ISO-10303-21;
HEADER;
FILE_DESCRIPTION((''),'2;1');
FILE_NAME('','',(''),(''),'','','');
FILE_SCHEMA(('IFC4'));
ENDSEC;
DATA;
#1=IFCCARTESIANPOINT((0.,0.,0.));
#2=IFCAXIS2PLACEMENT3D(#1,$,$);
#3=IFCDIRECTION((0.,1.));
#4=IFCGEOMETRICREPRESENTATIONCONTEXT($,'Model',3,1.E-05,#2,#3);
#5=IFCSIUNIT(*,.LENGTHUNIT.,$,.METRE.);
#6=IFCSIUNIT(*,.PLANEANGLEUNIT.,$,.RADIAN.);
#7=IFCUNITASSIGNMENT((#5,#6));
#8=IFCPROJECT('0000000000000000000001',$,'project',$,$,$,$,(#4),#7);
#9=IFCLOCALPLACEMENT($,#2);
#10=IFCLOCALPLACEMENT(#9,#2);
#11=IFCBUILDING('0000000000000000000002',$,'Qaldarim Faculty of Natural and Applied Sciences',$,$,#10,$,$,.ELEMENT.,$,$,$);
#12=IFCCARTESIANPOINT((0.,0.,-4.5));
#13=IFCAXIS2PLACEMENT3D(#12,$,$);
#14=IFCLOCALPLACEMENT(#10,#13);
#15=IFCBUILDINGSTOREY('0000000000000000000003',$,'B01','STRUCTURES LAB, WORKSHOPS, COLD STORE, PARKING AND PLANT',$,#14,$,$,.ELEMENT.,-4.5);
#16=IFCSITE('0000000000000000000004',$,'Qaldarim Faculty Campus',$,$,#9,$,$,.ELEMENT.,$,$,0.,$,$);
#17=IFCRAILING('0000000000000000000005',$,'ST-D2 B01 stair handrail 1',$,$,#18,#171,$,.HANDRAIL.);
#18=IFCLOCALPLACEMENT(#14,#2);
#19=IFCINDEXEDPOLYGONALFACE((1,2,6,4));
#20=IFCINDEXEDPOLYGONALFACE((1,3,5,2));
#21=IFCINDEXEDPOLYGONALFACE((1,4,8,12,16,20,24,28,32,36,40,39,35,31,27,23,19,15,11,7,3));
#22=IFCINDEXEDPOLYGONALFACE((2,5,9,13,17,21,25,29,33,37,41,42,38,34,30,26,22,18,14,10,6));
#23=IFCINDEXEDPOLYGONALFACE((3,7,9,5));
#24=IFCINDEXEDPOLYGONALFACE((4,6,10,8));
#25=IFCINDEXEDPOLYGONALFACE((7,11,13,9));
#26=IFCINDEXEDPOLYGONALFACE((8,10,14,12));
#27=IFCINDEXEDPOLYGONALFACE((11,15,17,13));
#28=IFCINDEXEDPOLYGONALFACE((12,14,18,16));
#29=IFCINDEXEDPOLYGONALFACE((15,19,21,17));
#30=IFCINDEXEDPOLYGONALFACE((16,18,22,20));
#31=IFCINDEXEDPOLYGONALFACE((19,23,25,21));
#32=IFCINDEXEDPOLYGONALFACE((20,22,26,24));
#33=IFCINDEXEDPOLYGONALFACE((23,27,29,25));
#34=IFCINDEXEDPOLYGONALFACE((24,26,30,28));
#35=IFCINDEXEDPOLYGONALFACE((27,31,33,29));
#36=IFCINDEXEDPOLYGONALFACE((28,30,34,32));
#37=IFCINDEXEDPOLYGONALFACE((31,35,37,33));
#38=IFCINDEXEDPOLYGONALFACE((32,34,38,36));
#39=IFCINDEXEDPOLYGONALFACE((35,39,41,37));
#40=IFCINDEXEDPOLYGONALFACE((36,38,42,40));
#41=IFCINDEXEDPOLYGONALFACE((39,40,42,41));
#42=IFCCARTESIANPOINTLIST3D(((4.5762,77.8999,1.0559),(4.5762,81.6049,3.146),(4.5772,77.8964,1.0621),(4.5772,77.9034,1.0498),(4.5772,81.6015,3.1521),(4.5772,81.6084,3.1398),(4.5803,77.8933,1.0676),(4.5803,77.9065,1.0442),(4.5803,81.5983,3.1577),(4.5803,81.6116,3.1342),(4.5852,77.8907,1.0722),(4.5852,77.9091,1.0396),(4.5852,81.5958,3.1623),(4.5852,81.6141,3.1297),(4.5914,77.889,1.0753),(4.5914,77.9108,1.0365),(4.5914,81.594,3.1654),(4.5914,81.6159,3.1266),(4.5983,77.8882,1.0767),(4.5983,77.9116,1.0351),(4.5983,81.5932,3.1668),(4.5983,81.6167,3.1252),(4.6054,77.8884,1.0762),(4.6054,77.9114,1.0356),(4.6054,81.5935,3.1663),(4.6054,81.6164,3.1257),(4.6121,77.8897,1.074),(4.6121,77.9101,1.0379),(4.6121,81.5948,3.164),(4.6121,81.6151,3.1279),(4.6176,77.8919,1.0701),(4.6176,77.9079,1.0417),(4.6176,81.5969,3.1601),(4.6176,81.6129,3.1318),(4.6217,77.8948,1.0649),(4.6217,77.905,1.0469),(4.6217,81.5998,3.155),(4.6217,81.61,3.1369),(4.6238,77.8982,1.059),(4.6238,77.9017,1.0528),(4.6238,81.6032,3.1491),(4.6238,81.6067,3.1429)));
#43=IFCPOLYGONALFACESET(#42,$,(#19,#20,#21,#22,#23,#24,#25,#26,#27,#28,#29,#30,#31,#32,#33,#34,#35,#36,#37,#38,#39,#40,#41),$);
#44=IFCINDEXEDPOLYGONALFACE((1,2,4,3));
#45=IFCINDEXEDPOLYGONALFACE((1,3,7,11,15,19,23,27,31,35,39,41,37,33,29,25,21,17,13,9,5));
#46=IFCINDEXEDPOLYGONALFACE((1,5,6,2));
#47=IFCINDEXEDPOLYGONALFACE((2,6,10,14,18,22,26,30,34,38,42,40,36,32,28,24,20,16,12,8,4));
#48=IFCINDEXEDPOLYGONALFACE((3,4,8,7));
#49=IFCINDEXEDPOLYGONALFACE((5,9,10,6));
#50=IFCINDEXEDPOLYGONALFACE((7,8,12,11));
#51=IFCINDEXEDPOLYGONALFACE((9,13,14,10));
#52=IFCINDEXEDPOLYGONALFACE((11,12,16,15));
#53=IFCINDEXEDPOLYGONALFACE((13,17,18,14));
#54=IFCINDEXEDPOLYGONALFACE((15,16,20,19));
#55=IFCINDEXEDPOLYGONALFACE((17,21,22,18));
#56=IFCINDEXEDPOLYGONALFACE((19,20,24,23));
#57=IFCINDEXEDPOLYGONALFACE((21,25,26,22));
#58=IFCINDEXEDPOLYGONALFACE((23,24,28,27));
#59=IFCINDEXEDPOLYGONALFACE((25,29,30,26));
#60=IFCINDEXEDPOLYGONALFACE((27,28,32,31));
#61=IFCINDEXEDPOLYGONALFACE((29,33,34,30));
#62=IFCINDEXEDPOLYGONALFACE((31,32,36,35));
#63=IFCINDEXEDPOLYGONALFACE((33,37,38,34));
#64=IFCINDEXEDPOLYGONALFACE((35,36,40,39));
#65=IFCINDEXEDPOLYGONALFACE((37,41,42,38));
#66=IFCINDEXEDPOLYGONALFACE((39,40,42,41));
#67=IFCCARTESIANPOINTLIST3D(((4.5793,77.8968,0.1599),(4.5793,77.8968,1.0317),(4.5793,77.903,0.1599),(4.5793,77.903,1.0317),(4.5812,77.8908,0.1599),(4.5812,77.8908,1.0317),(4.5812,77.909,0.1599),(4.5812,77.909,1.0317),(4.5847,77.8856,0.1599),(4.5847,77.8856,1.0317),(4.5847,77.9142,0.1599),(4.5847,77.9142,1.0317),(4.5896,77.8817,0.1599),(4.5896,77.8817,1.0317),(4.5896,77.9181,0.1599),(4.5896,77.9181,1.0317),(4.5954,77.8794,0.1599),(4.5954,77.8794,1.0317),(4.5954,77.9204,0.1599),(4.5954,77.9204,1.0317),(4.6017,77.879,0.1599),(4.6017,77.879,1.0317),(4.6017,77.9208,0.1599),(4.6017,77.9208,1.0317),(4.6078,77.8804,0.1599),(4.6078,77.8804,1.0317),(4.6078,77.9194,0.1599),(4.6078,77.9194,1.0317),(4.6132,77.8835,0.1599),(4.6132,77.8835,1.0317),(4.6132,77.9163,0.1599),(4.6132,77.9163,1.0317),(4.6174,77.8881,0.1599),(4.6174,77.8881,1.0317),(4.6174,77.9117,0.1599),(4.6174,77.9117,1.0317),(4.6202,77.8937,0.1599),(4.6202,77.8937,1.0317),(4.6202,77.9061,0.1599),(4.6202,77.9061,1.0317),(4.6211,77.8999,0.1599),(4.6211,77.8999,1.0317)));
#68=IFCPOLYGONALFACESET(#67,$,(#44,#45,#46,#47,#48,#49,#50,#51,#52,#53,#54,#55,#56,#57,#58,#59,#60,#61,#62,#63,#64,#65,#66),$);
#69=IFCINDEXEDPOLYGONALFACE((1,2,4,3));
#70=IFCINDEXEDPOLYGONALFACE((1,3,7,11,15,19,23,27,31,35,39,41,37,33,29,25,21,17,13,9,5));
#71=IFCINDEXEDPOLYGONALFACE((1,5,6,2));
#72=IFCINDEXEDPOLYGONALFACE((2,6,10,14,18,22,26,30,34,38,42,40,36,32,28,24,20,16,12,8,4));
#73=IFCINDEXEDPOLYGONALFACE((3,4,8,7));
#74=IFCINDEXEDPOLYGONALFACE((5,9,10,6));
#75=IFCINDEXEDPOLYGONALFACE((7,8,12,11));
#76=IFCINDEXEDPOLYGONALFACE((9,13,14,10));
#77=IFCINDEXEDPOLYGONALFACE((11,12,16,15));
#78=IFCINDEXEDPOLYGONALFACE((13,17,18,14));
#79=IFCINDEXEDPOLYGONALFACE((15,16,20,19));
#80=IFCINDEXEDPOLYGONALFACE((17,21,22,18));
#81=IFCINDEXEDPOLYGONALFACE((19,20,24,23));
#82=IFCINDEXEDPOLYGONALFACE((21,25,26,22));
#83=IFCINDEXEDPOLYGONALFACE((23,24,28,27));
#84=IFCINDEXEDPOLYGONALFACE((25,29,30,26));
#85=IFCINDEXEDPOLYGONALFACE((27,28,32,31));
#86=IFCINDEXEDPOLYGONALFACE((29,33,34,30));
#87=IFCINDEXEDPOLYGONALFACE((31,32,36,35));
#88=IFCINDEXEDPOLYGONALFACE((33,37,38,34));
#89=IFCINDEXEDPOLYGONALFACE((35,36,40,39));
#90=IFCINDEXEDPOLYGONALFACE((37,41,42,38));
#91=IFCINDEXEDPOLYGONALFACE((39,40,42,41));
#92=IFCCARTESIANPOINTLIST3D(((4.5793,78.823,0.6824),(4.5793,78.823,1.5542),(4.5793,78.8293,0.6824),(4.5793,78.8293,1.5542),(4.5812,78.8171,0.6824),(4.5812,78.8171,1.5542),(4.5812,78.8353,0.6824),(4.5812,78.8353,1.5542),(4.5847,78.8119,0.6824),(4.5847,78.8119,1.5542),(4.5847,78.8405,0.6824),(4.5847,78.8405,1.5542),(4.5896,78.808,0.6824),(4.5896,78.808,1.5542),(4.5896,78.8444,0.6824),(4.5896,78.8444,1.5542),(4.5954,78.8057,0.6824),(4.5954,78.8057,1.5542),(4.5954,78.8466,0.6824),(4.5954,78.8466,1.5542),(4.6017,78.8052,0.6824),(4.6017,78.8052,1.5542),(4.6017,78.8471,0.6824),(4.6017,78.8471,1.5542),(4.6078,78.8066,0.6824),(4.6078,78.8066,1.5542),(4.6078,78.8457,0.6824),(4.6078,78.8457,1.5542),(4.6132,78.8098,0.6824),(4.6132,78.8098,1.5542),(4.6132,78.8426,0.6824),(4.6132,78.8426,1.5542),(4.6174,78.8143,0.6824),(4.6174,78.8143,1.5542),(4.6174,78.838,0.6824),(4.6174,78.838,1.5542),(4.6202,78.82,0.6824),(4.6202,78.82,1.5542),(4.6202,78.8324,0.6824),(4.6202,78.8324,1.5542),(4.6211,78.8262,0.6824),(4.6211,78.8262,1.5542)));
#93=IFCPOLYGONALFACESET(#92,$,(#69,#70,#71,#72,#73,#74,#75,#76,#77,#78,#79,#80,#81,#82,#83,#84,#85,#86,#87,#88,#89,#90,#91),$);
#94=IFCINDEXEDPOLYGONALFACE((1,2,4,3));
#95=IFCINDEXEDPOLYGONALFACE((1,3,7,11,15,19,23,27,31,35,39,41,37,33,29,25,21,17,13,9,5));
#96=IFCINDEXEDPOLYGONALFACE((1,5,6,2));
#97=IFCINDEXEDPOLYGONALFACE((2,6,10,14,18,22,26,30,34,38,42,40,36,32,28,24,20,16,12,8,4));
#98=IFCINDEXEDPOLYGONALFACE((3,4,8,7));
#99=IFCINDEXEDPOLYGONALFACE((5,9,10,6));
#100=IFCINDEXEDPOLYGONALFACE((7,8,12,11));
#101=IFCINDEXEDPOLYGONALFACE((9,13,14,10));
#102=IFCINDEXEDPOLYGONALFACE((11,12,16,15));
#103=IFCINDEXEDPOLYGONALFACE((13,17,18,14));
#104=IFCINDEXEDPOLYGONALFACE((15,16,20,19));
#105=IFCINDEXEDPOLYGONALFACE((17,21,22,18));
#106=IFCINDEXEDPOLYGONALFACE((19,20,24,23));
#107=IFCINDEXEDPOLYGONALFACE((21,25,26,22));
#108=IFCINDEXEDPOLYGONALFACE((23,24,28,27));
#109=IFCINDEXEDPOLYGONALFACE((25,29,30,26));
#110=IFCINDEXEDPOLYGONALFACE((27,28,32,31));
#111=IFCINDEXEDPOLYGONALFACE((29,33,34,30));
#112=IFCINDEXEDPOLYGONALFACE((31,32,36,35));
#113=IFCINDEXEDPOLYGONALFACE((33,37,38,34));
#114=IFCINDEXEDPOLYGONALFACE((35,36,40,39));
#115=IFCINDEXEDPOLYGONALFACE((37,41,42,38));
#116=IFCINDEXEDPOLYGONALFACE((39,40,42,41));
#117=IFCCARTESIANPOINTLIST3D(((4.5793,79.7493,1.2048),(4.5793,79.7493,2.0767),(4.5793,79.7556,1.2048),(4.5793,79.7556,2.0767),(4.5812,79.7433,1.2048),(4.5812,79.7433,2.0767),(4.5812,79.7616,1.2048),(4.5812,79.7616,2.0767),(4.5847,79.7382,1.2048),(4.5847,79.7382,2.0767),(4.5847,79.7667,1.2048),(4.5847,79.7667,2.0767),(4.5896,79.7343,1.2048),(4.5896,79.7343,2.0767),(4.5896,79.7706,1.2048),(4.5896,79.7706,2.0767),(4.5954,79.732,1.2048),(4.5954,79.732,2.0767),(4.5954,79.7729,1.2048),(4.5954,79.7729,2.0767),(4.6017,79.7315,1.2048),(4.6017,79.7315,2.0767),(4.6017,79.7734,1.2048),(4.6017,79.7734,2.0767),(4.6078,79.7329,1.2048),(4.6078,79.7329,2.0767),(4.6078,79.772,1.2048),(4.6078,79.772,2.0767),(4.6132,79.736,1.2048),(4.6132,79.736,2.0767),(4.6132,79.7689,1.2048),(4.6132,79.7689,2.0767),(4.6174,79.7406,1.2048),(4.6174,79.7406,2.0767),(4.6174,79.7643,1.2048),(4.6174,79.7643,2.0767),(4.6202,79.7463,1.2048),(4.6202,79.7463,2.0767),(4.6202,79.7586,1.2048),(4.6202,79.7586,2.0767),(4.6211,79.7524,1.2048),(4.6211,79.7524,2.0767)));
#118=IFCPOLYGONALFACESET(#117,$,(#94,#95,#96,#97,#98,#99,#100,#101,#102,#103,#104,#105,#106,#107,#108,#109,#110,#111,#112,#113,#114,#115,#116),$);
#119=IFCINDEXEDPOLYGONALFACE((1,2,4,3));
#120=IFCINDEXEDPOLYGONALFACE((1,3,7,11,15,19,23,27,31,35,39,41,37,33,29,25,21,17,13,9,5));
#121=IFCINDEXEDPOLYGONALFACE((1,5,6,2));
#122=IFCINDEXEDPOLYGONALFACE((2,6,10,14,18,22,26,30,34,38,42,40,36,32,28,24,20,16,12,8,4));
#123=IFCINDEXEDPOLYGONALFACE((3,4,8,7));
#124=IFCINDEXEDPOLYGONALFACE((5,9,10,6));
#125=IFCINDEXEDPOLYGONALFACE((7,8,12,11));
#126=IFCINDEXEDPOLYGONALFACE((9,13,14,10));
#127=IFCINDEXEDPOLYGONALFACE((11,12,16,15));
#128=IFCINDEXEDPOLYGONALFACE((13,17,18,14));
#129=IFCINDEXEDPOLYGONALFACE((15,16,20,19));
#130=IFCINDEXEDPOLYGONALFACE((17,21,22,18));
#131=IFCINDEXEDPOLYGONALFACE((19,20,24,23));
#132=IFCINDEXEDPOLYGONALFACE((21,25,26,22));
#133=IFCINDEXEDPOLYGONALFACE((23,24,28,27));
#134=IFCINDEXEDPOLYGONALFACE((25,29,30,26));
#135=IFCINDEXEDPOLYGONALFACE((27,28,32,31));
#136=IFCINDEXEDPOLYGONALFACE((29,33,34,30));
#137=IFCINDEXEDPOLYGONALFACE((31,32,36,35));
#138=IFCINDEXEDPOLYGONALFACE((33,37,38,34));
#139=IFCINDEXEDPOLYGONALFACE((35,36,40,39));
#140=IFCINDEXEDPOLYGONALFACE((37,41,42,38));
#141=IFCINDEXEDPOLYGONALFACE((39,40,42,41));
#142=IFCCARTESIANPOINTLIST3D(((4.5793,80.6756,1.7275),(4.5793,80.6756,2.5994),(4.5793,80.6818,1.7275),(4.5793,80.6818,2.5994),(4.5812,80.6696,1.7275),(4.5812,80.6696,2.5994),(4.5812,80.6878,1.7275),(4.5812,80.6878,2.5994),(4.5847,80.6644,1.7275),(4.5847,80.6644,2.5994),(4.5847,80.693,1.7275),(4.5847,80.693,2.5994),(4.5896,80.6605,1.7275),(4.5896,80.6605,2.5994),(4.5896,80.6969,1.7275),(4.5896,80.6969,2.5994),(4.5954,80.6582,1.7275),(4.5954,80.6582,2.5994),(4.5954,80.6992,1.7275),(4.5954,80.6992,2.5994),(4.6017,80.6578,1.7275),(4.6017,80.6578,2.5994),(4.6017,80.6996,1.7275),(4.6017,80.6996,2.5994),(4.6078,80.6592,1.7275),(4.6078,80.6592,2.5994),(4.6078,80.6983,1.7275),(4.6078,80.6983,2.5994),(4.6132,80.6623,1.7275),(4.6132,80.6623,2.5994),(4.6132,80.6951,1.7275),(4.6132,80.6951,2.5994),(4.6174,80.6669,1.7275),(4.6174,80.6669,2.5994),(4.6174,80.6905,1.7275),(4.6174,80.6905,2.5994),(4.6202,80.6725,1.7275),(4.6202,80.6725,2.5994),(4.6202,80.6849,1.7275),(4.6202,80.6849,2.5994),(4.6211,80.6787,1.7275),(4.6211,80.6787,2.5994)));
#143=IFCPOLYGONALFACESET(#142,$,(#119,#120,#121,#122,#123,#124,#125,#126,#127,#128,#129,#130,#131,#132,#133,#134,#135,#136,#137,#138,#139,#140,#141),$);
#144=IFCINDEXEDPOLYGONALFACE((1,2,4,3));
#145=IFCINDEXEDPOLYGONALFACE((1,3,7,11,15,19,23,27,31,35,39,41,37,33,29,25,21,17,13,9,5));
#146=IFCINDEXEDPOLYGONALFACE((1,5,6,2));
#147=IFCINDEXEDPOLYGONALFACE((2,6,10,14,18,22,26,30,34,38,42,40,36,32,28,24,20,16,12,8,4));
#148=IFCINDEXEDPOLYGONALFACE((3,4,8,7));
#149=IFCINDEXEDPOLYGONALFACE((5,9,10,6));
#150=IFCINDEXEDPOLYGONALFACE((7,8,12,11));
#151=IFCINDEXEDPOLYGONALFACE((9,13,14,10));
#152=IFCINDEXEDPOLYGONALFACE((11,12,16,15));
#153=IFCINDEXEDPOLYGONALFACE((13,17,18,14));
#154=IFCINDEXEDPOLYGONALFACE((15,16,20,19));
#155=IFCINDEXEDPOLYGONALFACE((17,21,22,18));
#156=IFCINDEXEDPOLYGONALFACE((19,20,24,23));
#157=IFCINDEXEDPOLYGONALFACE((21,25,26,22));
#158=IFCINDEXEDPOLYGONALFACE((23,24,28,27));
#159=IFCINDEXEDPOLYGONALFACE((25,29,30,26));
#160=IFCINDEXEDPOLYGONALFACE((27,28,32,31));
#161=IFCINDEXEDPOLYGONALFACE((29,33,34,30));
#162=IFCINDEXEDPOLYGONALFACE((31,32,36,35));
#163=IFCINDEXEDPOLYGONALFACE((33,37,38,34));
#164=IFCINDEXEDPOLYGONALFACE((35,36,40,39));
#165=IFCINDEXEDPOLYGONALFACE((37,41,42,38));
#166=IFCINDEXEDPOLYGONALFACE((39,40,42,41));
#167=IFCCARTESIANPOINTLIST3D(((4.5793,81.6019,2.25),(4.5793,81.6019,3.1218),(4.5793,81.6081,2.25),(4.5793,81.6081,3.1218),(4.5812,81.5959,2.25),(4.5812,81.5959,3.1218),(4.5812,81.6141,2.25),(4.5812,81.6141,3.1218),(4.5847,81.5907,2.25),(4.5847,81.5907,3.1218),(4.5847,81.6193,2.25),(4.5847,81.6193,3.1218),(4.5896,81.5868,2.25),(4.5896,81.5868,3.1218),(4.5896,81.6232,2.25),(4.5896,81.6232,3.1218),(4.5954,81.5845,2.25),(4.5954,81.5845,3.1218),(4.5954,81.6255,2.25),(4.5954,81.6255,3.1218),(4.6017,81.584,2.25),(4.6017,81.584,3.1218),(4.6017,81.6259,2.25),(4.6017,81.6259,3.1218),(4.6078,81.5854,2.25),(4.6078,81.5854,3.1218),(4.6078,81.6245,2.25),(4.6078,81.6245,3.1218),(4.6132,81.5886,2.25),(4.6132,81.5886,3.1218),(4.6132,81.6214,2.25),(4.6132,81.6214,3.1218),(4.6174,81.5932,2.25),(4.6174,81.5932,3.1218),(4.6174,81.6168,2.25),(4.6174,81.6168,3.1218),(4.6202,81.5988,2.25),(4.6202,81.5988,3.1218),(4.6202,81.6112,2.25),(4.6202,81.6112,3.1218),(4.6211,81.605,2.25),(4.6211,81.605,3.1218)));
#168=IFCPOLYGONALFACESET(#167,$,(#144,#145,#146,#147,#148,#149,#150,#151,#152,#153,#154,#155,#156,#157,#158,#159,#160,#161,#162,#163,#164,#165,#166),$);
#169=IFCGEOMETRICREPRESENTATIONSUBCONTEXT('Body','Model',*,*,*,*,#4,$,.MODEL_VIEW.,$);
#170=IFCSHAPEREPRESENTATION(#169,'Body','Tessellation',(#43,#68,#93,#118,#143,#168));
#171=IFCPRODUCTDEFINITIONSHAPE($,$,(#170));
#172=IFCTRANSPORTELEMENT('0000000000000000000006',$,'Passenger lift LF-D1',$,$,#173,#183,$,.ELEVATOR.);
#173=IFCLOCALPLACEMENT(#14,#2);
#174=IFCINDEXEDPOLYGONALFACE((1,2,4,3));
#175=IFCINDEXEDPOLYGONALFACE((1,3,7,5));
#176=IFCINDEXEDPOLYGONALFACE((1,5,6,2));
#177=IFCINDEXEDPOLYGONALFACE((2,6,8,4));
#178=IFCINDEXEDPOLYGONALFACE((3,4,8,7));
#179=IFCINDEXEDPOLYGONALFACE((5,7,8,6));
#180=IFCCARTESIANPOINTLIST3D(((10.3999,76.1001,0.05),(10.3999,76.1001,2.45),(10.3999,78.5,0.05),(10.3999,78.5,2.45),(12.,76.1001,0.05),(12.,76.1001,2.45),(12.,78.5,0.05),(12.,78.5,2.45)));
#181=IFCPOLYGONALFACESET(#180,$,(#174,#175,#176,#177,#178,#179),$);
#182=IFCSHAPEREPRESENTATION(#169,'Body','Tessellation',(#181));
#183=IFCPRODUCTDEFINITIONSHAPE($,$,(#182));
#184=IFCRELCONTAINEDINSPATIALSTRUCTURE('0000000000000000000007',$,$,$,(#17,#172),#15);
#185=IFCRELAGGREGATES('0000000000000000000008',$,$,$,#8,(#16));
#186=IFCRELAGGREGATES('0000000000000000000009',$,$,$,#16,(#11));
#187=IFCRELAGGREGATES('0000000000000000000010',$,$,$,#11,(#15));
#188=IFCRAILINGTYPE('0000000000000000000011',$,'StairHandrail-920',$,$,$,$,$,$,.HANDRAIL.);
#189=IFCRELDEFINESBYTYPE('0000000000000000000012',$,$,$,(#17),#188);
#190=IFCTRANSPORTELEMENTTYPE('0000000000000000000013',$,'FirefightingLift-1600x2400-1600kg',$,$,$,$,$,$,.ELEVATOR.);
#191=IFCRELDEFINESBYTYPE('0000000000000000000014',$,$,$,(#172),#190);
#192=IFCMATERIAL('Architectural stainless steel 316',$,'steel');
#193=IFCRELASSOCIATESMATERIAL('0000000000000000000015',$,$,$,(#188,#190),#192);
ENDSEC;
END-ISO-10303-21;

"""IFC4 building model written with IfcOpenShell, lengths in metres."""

from ifc_helpers import new_model, si_unit, direction, frame, origin, origin_2d, place, context, subcontext, project, spatial, rectangle, circle, extrude, material, type_object, element, save


model = new_model("IFC4")

# Units and contexts
model_context = context("Model", 3, precision=1e-05, world=origin(), true_north=direction((0.0, 1.0)))
body_context = subcontext(model_context, "Body", "Model", "MODEL_VIEW")
ifc_project = project(units=[si_unit("LENGTHUNIT", "METRE"), si_unit("PLANEANGLEUNIT", "RADIAN")], contexts=[model_context])

# Site, building, storey
site_placement = place(None, origin())
site = spatial("IfcSite", under=ifc_project, at=site_placement, Name="Qaldarim Faculty Campus", CompositionType="ELEMENT", RefElevation=0.0)
building_placement = place(site_placement, origin())
building = spatial("IfcBuilding", under=site, at=building_placement, Name="Qaldarim Faculty of Natural and Applied Sciences", CompositionType="ELEMENT")
storey_placement = place(building_placement, frame((0.0, 0.0, -4.5)))
storey = spatial("IfcBuildingStorey", under=building, at=storey_placement, Name="B01", Description="STRUCTURES LAB, WORKSHOPS, COLD STORE, PARKING AND PLANT", CompositionType="ELEMENT", Elevation=-4.5)

# Shared definitions
ifc_material_1 = material(Name="Architectural stainless steel 316", Category="steel")

# Railing
railing_type_1 = type_object("IfcRailingType", Name="StairHandrail-920", PredefinedType="HANDRAIL", material=ifc_material_1)
railing_1_placement = place(storey_placement, frame((4.6001, 77.8999, 0.1599)))
element("IfcRailing", 1, at=railing_1_placement, inside=storey, type_object=railing_type_1, Name="ST-D2 B01 stair handrail 1", PredefinedType="HANDRAIL", context=body_context, shape_type="SweptSolid", body=[
    extrude(circle(Radius=0.0239, at=origin_2d()), frame((0.0, 0.0, 0.896), z_axis=(0.0, 0.870974, 0.491329), x_axis=(-1.0, 0.0, 0.0)), (0.0, 0.0, 1.0), 4.2539),
    extrude(circle(Radius=0.021, at=origin_2d()), origin(), (0.0, 0.0, 1.0), 0.8718),
    extrude(circle(Radius=0.021, at=origin_2d()), frame((0.0, 0.9263, 0.5225)), (0.0, 0.0, 1.0), 0.8718),
    extrude(circle(Radius=0.021, at=origin_2d()), frame((0.0, 1.8525, 1.0449)), (0.0, 0.0, 1.0), 0.8718),
    extrude(circle(Radius=0.021, at=origin_2d()), frame((0.0, 2.7788, 1.5676)), (0.0, 0.0, 1.0), 0.8718),
    extrude(circle(Radius=0.021, at=origin_2d()), frame((0.0, 3.7051, 2.0901)), (0.0, 0.0, 1.0), 0.8718),
])

# Transport element
transport_element_type = type_object("IfcTransportElementType", Name="FirefightingLift-1600x2400-1600kg", PredefinedType="ELEVATOR", material=ifc_material_1)
transport_element_placement = place(storey_placement, frame((11.2, 77.3, 0.05), z_axis=(0.0, 0.0, 1.0), x_axis=(1.0, 0.0, 0.0)))
element("IfcTransportElement", 2, at=transport_element_placement, inside=storey, type_object=transport_element_type, Name="Passenger lift LF-D1", PredefinedType="ELEVATOR", context=body_context, shape_type="SweptSolid", body=[
    extrude(rectangle(XDim=1.6001, YDim=2.3999, at=origin_2d()), origin(), (0.0, 0.0, 1.0), 2.3999),
])

save(model, "model.ifc")
